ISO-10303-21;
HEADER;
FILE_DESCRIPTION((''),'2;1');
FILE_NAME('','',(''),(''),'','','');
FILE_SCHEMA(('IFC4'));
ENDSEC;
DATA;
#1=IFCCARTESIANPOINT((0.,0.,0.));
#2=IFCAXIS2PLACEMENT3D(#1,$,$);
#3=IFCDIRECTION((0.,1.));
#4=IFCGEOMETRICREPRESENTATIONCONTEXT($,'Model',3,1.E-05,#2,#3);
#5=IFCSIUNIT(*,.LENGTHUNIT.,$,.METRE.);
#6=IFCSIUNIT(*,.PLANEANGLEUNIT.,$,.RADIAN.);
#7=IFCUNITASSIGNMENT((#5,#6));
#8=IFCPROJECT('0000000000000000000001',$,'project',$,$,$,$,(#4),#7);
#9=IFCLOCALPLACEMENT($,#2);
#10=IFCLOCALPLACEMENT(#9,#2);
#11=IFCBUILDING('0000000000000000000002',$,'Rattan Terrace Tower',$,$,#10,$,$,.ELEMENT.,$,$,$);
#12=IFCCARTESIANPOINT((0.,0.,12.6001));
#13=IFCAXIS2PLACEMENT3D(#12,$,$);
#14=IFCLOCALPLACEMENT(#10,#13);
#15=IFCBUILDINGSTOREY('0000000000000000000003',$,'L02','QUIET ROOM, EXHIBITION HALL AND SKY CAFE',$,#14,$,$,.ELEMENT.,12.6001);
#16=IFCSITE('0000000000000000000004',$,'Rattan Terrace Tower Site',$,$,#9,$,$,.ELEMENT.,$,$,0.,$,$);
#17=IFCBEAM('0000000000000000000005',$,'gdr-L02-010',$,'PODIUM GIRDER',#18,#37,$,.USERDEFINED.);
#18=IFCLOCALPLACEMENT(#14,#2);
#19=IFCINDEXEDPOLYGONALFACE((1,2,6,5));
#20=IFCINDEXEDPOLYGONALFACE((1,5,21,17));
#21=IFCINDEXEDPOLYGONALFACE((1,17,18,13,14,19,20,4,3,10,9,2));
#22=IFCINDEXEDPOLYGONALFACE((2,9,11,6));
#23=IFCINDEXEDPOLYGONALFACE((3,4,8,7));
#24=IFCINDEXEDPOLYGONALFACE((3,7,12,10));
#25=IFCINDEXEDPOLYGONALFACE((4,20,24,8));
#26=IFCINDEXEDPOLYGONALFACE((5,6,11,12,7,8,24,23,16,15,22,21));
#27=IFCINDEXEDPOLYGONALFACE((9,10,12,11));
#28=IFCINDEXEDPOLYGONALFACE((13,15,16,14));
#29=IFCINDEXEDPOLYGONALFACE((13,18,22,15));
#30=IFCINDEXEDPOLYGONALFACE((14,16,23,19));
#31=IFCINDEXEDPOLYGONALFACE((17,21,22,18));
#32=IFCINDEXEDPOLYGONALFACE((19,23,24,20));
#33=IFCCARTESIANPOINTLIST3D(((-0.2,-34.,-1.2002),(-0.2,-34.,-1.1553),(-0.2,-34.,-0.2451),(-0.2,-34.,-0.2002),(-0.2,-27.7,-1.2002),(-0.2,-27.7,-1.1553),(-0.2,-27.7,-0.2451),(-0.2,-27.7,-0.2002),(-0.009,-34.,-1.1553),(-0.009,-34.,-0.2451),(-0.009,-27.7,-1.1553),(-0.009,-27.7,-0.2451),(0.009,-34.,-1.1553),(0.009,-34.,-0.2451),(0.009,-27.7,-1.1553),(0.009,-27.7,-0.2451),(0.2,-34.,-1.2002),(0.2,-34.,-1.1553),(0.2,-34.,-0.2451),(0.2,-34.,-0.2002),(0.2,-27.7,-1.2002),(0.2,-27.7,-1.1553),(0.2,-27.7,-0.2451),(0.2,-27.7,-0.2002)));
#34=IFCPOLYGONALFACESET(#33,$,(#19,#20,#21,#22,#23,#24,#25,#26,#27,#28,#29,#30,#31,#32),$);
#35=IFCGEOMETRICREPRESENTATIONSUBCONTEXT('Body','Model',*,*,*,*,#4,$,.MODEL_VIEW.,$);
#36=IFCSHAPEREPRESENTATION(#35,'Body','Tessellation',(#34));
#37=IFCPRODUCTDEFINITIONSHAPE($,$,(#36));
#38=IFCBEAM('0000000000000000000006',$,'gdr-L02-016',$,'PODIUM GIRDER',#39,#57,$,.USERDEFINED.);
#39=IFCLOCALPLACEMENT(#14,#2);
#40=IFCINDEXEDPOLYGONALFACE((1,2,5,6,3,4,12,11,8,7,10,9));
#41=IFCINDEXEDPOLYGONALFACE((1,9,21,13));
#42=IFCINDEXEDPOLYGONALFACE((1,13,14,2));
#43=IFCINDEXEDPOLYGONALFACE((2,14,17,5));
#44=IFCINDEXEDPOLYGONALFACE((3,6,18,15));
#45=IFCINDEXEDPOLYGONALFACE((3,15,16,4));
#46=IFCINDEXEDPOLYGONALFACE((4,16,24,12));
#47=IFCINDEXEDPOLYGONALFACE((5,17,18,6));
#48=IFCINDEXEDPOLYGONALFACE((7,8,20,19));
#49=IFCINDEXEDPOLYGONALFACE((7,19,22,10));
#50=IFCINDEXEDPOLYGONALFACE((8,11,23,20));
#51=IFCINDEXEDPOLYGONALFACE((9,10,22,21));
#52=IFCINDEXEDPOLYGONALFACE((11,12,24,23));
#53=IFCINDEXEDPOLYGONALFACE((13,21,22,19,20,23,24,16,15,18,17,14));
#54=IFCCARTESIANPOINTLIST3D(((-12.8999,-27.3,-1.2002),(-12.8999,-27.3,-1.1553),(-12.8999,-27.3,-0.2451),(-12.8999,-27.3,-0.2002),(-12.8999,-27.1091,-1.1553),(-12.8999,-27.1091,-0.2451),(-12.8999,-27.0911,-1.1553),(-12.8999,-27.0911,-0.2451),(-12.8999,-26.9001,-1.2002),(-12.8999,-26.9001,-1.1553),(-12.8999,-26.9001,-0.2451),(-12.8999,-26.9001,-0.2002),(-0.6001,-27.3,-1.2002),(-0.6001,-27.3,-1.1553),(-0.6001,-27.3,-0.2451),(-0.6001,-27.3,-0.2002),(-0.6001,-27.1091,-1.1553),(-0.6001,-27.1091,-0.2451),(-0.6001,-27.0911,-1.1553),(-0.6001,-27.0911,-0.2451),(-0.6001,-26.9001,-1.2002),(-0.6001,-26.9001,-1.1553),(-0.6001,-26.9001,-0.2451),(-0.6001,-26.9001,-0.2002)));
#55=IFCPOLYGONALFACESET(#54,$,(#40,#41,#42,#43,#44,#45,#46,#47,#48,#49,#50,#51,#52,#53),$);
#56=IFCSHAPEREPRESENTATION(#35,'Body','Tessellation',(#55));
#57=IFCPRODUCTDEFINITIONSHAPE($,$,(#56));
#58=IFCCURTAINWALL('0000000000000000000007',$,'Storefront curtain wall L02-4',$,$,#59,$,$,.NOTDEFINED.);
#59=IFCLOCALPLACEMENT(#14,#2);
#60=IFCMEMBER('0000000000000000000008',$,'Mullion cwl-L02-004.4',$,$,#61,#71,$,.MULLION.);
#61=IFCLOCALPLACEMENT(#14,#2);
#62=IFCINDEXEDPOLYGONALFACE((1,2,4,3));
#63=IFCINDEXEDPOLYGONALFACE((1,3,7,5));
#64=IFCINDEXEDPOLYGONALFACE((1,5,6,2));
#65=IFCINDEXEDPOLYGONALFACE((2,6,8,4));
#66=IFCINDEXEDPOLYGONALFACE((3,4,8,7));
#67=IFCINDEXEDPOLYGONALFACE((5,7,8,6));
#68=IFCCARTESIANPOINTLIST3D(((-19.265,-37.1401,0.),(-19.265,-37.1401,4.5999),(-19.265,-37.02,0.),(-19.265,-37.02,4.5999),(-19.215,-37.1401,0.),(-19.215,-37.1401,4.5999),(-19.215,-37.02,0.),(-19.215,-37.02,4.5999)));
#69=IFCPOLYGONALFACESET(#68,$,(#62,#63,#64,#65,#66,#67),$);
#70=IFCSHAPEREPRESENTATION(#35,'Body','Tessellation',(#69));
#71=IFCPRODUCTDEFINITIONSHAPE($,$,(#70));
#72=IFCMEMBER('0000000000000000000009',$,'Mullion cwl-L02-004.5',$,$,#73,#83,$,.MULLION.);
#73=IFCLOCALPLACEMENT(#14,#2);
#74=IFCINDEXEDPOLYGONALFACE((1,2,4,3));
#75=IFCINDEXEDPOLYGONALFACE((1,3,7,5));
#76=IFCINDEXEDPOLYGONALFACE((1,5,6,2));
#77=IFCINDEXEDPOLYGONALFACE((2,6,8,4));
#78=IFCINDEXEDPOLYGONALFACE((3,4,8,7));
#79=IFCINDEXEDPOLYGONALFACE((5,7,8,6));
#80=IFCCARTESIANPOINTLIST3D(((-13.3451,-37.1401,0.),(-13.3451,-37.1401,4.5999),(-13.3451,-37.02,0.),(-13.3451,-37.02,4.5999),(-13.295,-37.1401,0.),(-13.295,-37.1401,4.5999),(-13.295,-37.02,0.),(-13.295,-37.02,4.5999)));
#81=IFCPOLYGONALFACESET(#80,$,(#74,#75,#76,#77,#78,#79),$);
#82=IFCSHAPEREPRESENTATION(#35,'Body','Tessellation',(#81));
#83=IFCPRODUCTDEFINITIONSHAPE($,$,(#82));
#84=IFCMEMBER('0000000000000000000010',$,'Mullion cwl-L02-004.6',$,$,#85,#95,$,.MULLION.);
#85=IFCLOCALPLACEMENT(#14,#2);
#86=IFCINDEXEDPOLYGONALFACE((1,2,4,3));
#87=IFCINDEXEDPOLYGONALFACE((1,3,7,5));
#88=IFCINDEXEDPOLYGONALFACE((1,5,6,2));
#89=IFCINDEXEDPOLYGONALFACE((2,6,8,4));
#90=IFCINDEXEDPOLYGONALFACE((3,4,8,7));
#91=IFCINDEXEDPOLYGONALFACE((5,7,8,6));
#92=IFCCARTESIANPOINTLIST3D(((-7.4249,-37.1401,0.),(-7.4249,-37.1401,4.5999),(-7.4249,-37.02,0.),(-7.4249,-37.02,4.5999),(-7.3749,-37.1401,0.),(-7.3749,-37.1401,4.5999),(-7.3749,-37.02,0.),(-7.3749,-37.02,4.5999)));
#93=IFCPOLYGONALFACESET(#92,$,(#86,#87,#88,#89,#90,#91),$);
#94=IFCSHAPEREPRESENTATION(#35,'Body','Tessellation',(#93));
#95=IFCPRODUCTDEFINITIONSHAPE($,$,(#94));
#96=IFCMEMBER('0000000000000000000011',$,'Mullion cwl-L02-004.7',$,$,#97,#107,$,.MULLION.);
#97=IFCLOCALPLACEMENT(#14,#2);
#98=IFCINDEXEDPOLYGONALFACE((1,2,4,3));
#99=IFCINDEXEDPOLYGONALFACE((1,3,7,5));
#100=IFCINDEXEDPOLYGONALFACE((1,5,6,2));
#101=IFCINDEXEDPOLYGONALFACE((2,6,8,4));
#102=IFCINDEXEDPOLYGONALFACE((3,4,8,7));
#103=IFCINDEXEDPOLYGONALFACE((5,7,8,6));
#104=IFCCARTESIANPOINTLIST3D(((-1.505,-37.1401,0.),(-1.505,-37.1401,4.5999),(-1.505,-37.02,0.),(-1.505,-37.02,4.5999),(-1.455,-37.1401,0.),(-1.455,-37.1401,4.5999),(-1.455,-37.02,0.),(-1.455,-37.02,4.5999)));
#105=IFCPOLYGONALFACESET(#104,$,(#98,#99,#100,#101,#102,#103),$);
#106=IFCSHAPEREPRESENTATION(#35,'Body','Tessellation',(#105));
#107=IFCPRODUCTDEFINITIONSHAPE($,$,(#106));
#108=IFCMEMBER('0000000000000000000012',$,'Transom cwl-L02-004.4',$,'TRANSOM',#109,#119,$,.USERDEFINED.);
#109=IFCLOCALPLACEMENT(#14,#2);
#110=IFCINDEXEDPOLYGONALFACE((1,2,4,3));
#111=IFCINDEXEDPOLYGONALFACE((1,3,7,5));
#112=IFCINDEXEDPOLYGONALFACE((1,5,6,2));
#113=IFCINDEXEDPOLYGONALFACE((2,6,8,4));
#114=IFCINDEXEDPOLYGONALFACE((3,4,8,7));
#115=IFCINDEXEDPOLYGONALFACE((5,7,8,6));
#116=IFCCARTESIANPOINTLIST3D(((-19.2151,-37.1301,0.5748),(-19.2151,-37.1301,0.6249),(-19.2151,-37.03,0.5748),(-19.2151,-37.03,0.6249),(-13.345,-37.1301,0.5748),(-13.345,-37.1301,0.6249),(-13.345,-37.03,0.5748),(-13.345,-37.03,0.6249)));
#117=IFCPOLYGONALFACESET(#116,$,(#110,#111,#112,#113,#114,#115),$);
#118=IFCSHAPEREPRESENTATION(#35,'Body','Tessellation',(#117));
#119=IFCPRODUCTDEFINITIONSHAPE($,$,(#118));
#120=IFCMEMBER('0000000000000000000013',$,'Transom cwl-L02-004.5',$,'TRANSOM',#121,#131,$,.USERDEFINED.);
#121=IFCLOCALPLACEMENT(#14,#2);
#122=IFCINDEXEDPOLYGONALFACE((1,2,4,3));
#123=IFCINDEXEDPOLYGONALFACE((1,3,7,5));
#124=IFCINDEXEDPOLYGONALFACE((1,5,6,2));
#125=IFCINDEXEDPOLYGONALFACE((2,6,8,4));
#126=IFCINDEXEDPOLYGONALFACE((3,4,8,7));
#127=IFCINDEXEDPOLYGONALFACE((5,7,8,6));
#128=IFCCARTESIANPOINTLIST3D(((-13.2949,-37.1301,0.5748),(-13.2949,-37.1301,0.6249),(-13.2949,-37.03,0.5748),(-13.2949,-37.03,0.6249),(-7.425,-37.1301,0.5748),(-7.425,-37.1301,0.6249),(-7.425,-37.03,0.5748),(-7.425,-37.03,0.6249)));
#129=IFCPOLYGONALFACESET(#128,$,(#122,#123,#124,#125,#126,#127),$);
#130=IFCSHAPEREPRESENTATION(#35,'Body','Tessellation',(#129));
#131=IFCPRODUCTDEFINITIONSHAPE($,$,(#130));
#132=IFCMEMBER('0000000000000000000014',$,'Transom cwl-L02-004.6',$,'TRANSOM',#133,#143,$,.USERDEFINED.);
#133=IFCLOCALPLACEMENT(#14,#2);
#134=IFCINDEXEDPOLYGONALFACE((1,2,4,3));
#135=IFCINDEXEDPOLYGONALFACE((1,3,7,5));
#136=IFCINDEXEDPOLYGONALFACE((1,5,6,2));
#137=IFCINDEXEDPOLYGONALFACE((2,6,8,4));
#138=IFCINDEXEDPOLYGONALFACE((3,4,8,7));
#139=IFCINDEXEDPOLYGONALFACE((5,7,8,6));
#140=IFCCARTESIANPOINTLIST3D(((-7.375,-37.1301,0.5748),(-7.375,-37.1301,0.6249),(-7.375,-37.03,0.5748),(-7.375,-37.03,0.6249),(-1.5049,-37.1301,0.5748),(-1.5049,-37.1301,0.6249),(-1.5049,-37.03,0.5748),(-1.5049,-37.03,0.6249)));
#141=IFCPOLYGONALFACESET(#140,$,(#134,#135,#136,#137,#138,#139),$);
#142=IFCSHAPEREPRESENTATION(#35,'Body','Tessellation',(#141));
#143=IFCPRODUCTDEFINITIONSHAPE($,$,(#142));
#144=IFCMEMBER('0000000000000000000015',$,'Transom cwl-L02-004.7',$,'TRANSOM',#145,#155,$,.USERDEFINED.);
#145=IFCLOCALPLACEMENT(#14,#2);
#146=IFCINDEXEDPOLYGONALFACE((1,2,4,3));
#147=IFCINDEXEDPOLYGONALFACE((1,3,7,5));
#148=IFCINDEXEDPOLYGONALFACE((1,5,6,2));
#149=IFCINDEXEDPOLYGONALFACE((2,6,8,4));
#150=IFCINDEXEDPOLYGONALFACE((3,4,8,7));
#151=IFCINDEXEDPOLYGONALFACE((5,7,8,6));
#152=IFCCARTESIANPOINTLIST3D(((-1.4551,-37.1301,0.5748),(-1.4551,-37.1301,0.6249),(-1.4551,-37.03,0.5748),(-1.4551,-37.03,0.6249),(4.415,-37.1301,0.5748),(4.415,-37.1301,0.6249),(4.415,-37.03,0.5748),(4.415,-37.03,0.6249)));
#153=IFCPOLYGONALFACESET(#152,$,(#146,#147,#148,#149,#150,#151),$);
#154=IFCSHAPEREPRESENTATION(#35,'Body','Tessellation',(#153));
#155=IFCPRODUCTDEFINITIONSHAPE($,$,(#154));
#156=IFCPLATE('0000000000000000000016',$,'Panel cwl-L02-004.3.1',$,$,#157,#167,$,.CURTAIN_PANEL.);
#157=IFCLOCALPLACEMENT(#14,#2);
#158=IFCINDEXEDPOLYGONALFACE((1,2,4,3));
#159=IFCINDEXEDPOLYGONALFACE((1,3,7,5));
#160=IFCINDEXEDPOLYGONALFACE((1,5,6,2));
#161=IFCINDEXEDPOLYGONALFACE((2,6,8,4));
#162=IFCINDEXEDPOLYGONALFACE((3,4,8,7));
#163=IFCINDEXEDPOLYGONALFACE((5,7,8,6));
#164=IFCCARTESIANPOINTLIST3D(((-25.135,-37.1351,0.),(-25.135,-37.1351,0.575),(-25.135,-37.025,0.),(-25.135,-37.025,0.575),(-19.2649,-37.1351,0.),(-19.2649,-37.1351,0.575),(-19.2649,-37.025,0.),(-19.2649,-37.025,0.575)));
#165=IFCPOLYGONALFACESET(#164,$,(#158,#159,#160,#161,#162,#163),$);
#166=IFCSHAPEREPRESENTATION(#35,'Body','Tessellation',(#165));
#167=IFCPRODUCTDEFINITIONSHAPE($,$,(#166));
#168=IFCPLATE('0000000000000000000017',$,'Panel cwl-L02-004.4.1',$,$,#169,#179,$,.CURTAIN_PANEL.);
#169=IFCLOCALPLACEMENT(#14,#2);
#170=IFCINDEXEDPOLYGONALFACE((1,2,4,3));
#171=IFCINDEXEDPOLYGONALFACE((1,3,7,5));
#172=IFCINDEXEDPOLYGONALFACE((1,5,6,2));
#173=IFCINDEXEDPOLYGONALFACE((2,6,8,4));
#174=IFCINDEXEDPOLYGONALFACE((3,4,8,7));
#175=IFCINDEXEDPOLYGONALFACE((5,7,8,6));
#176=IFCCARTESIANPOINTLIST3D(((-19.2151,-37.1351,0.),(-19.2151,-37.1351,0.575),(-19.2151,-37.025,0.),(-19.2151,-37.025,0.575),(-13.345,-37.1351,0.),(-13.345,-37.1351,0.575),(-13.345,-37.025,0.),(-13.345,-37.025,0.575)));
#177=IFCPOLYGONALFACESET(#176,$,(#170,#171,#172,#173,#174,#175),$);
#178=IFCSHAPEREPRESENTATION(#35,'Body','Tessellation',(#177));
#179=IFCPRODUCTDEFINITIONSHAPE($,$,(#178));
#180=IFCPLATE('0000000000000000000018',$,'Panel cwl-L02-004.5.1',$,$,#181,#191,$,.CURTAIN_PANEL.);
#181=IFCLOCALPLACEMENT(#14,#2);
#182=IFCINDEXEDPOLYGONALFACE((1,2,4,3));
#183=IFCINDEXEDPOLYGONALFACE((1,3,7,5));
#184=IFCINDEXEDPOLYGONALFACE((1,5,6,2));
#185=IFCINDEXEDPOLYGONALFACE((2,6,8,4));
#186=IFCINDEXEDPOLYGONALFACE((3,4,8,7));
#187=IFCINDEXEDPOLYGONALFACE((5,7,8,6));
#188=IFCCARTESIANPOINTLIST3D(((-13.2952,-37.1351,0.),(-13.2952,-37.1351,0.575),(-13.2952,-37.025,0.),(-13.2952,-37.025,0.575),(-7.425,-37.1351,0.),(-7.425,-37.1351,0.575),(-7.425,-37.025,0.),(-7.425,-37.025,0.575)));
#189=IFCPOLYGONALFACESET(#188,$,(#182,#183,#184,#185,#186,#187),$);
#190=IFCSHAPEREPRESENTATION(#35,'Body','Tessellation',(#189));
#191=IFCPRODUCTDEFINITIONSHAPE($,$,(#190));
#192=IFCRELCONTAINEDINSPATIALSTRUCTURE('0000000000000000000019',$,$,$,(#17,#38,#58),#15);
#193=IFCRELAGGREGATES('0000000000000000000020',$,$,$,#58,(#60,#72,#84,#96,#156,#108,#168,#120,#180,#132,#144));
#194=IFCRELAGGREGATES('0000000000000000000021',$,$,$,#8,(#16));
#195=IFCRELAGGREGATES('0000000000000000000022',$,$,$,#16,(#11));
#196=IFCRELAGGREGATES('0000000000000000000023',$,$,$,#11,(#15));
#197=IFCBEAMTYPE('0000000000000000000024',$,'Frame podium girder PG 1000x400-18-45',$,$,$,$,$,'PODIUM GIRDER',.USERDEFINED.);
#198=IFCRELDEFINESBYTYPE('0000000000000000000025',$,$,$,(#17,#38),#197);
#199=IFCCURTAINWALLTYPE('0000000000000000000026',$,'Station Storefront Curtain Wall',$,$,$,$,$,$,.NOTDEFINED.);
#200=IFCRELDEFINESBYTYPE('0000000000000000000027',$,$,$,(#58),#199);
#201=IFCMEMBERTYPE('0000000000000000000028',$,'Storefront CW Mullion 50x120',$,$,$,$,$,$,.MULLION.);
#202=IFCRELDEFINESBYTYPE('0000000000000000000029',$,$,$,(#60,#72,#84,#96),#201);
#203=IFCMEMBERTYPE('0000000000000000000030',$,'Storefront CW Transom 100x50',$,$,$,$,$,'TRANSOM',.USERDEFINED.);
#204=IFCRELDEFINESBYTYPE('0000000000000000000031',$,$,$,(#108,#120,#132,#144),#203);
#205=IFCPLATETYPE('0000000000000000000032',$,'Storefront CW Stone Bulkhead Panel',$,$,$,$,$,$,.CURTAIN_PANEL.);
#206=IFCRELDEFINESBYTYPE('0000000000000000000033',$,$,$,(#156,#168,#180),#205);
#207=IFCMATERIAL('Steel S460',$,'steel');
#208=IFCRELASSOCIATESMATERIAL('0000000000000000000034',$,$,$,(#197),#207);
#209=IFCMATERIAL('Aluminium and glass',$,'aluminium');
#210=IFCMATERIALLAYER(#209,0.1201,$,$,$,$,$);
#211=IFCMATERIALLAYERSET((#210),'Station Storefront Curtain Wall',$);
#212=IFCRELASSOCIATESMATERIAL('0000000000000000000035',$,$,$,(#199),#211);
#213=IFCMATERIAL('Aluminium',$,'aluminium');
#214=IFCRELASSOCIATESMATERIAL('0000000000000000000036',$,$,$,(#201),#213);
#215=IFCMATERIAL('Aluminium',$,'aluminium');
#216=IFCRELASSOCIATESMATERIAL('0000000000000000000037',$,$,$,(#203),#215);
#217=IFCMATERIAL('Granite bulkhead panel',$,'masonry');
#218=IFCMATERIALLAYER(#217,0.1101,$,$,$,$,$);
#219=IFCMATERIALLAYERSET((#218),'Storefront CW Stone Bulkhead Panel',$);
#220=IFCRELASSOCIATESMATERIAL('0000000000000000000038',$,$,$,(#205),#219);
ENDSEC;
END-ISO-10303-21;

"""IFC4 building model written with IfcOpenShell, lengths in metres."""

from ifc_helpers import new_model, si_unit, direction, frame, origin, origin_2d, place, context, subcontext, project, spatial, rectangle, i_section, extrude, material, layer, layer_set, material_profile, profile_set, type_object, element, aggregate, save


model = new_model("IFC4")

# Units and contexts
model_context = context("Model", 3, precision=1e-05, world=origin(), true_north=direction((0.0, 1.0)))
body_context = subcontext(model_context, "Body", "Model", "MODEL_VIEW")
ifc_project = project(units=[si_unit("LENGTHUNIT", "METRE"), si_unit("PLANEANGLEUNIT", "RADIAN")], contexts=[model_context])

# Site, building, storey
site_placement = place(None, origin())
site = spatial("IfcSite", under=ifc_project, at=site_placement, Name="Rattan Terrace Tower Site", CompositionType="ELEMENT", RefElevation=0.0)
building_placement = place(site_placement, origin())
building = spatial("IfcBuilding", under=site, at=building_placement, Name="Rattan Terrace Tower", CompositionType="ELEMENT")
storey_placement = place(building_placement, frame((0.0, 0.0, 12.6001)))
storey = spatial("IfcBuildingStorey", under=building, at=storey_placement, Name="L02", Description="QUIET ROOM, EXHIBITION HALL AND SKY CAFE", CompositionType="ELEMENT", Elevation=12.6001)

# Beams
ifc_material_1 = material(Name="Steel S460", Category="steel")
ifc_material_profile_1 = material_profile(ifc_material_1, i_section(OverallWidth=0.3999, OverallDepth=1.0, WebThickness=0.0181, FlangeThickness=0.0449, at=origin_2d()), Name="PG 1000x400-18-45")
ifc_profile_set_1 = profile_set([ifc_material_profile_1], Name="Steel S460")
beam_type_1 = type_object("IfcBeamType", Name="Frame podium girder PG 1000x400-18-45", ElementType="PODIUM GIRDER", PredefinedType="USERDEFINED", material=ifc_profile_set_1)
for number, where, z_axis, x_axis, name in (
    (1, (0.0, -34.0, -0.7002), (0.0, 1.0, 0.0), (-1.0, 0.0, 0.0), "gdr-L02-010"),
):
    element("IfcBeam", number, at=place(storey_placement, frame(where, z_axis=z_axis, x_axis=x_axis)), inside=storey, type_object=beam_type_1, Name=name, ObjectType="PODIUM GIRDER", PredefinedType="USERDEFINED", context=body_context, shape_type="SweptSolid", body=[
        extrude(i_section(OverallWidth=0.3999, OverallDepth=1.0, WebThickness=0.0181, FlangeThickness=0.0449, at=origin_2d()), origin(), (0.0, 0.0, 1.0), 6.3),
    ])
beam_1_placement = place(storey_placement, frame((-12.8999, -27.1001, -0.7002), z_axis=(1.0, 0.0, 0.0), x_axis=(0.0, 1.0, 0.0)))
element("IfcBeam", 2, at=beam_1_placement, inside=storey, type_object=beam_type_1, Name="gdr-L02-016", ObjectType="PODIUM GIRDER", PredefinedType="USERDEFINED", context=body_context, shape_type="SweptSolid", body=[
    extrude(i_section(OverallWidth=0.3999, OverallDepth=1.0, WebThickness=0.0181, FlangeThickness=0.0449, at=origin_2d()), origin(), (0.0, 0.0, 1.0), 12.2998),
])

# Curtain wall, members, plates
ifc_material_2 = material(Name="Aluminium and glass", Category="aluminium")
ifc_layer_1 = layer(ifc_material_2, 0.1201)
ifc_layer_set_1 = layer_set([ifc_layer_1], Name="Station Storefront Curtain Wall")
curtain_wall_type = type_object("IfcCurtainWallType", Name="Station Storefront Curtain Wall", PredefinedType="NOTDEFINED", material=ifc_layer_set_1)
curtain_wall_placement = place(storey_placement, origin())
curtain_wall = element("IfcCurtainWall", 3, at=curtain_wall_placement, inside=storey, type_object=curtain_wall_type, Name="Storefront curtain wall L02-4", PredefinedType="NOTDEFINED")
ifc_material_3 = material(Name="Aluminium", Category="aluminium")
ifc_material_profile_2 = material_profile(ifc_material_3, rectangle(XDim=0.05, YDim=0.1201, at=origin_2d()), Name="Aluminium 50x120")
ifc_profile_set_2 = profile_set([ifc_material_profile_2], Name="Aluminium")
member_type_1 = type_object("IfcMemberType", Name="Storefront CW Mullion 50x120", PredefinedType="MULLION", material=ifc_profile_set_2)
member_1_placement = place(storey_placement, frame((-19.24, -37.0801, 0.0), z_axis=(0.0, 0.0, 1.0), x_axis=(1.0, 0.0, 0.0)))
member_1 = element("IfcMember", 4, at=member_1_placement, type_object=member_type_1, Name="Mullion cwl-L02-004.4", PredefinedType="MULLION", context=body_context, shape_type="SweptSolid", body=[
    extrude(rectangle(XDim=0.05, YDim=0.1201, at=origin_2d()), origin(), (0.0, 0.0, 1.0), 4.5999),
])
member_2_placement = place(storey_placement, frame((-13.3201, -37.0801, 0.0), z_axis=(0.0, 0.0, 1.0), x_axis=(1.0, 0.0, 0.0)))
member_2 = element("IfcMember", 5, at=member_2_placement, type_object=member_type_1, Name="Mullion cwl-L02-004.5", PredefinedType="MULLION", context=body_context, shape_type="SweptSolid", body=[
    extrude(rectangle(XDim=0.05, YDim=0.1201, at=origin_2d()), origin(), (0.0, 0.0, 1.0), 4.5999),
])
member_3_placement = place(storey_placement, frame((-7.3999, -37.0801, 0.0), z_axis=(0.0, 0.0, 1.0), x_axis=(1.0, 0.0, 0.0)))
member_3 = element("IfcMember", 6, at=member_3_placement, type_object=member_type_1, Name="Mullion cwl-L02-004.6", PredefinedType="MULLION", context=body_context, shape_type="SweptSolid", body=[
    extrude(rectangle(XDim=0.05, YDim=0.1201, at=origin_2d()), origin(), (0.0, 0.0, 1.0), 4.5999),
])
member_4_placement = place(storey_placement, frame((-1.48, -37.0801, 0.0), z_axis=(0.0, 0.0, 1.0), x_axis=(1.0, 0.0, 0.0)))
member_4 = element("IfcMember", 7, at=member_4_placement, type_object=member_type_1, Name="Mullion cwl-L02-004.7", PredefinedType="MULLION", context=body_context, shape_type="SweptSolid", body=[
    extrude(rectangle(XDim=0.05, YDim=0.1201, at=origin_2d()), origin(), (0.0, 0.0, 1.0), 4.5999),
])
ifc_material_4 = material(Name="Aluminium", Category="aluminium")
ifc_material_profile_3 = material_profile(ifc_material_4, rectangle(XDim=0.1001, YDim=0.05, at=origin_2d()), Name="Aluminium 100x50")
ifc_profile_set_3 = profile_set([ifc_material_profile_3], Name="Aluminium")
member_type_2 = type_object("IfcMemberType", Name="Storefront CW Transom 100x50", ElementType="TRANSOM", PredefinedType="USERDEFINED", material=ifc_profile_set_3)
member_5_placement = place(storey_placement, frame((-19.2151, -37.0801, 0.5999), z_axis=(1.0, 0.0, 0.0), x_axis=(0.0, 1.0, 0.0)))
member_5 = element("IfcMember", 8, at=member_5_placement, type_object=member_type_2, Name="Transom cwl-L02-004.4", ObjectType="TRANSOM", PredefinedType="USERDEFINED", context=body_context, shape_type="SweptSolid", body=[
    extrude(rectangle(XDim=0.1001, YDim=0.05, at=origin_2d()), origin(), (0.0, 0.0, 1.0), 5.8701),
])
member_6_placement = place(storey_placement, frame((-13.2949, -37.0801, 0.5999), z_axis=(1.0, 0.0, 0.0), x_axis=(0.0, 1.0, 0.0)))
member_6 = element("IfcMember", 9, at=member_6_placement, type_object=member_type_2, Name="Transom cwl-L02-004.5", ObjectType="TRANSOM", PredefinedType="USERDEFINED", context=body_context, shape_type="SweptSolid", body=[
    extrude(rectangle(XDim=0.1001, YDim=0.05, at=origin_2d()), origin(), (0.0, 0.0, 1.0), 5.8699),
])
member_7_placement = place(storey_placement, frame((-7.375, -37.0801, 0.5999), z_axis=(1.0, 0.0, 0.0), x_axis=(0.0, 1.0, 0.0)))
member_7 = element("IfcMember", 10, at=member_7_placement, type_object=member_type_2, Name="Transom cwl-L02-004.6", ObjectType="TRANSOM", PredefinedType="USERDEFINED", context=body_context, shape_type="SweptSolid", body=[
    extrude(rectangle(XDim=0.1001, YDim=0.05, at=origin_2d()), origin(), (0.0, 0.0, 1.0), 5.8701),
])
member_8_placement = place(storey_placement, frame((-1.4551, -37.0801, 0.5999), z_axis=(1.0, 0.0, 0.0), x_axis=(0.0, 1.0, 0.0)))
member_8 = element("IfcMember", 11, at=member_8_placement, type_object=member_type_2, Name="Transom cwl-L02-004.7", ObjectType="TRANSOM", PredefinedType="USERDEFINED", context=body_context, shape_type="SweptSolid", body=[
    extrude(rectangle(XDim=0.1001, YDim=0.05, at=origin_2d()), origin(), (0.0, 0.0, 1.0), 5.8701),
])
ifc_material_5 = material(Name="Granite bulkhead panel", Category="masonry")
ifc_layer_2 = layer(ifc_material_5, 0.1101)
ifc_layer_set_2 = layer_set([ifc_layer_2], Name="Storefront CW Stone Bulkhead Panel")
plate_type_1 = type_object("IfcPlateType", Name="Storefront CW Stone Bulkhead Panel", PredefinedType="CURTAIN_PANEL", material=ifc_layer_set_2)
plate_1_placement = place(storey_placement, frame((-22.2, -37.0801, 0.0), z_axis=(0.0, 0.0, 1.0), x_axis=(1.0, 0.0, 0.0)))
plate_1 = element("IfcPlate", 12, at=plate_1_placement, type_object=plate_type_1, Name="Panel cwl-L02-004.3.1", PredefinedType="CURTAIN_PANEL", context=body_context, shape_type="SweptSolid", body=[
    extrude(rectangle(XDim=5.8701, YDim=0.1101, at=origin_2d()), origin(), (0.0, 0.0, 1.0), 0.575),
])
plate_2_placement = place(storey_placement, frame((-16.28, -37.0801, 0.0), z_axis=(0.0, 0.0, 1.0), x_axis=(1.0, 0.0, 0.0)))
plate_2 = element("IfcPlate", 13, at=plate_2_placement, type_object=plate_type_1, Name="Panel cwl-L02-004.4.1", PredefinedType="CURTAIN_PANEL", context=body_context, shape_type="SweptSolid", body=[
    extrude(rectangle(XDim=5.8701, YDim=0.1101, at=origin_2d()), origin(), (0.0, 0.0, 1.0), 0.575),
])
plate_3_placement = place(storey_placement, frame((-10.3601, -37.0801, 0.0), z_axis=(0.0, 0.0, 1.0), x_axis=(1.0, 0.0, 0.0)))
plate_3 = element("IfcPlate", 14, at=plate_3_placement, type_object=plate_type_1, Name="Panel cwl-L02-004.5.1", PredefinedType="CURTAIN_PANEL", context=body_context, shape_type="SweptSolid", body=[
    extrude(rectangle(XDim=5.8701, YDim=0.1101, at=origin_2d()), origin(), (0.0, 0.0, 1.0), 0.575),
])
aggregate(curtain_wall, [member_1, member_2, member_3, member_4, plate_1, member_5, plate_2, member_6, plate_3, member_7, member_8])

save(model, "model.ifc")
